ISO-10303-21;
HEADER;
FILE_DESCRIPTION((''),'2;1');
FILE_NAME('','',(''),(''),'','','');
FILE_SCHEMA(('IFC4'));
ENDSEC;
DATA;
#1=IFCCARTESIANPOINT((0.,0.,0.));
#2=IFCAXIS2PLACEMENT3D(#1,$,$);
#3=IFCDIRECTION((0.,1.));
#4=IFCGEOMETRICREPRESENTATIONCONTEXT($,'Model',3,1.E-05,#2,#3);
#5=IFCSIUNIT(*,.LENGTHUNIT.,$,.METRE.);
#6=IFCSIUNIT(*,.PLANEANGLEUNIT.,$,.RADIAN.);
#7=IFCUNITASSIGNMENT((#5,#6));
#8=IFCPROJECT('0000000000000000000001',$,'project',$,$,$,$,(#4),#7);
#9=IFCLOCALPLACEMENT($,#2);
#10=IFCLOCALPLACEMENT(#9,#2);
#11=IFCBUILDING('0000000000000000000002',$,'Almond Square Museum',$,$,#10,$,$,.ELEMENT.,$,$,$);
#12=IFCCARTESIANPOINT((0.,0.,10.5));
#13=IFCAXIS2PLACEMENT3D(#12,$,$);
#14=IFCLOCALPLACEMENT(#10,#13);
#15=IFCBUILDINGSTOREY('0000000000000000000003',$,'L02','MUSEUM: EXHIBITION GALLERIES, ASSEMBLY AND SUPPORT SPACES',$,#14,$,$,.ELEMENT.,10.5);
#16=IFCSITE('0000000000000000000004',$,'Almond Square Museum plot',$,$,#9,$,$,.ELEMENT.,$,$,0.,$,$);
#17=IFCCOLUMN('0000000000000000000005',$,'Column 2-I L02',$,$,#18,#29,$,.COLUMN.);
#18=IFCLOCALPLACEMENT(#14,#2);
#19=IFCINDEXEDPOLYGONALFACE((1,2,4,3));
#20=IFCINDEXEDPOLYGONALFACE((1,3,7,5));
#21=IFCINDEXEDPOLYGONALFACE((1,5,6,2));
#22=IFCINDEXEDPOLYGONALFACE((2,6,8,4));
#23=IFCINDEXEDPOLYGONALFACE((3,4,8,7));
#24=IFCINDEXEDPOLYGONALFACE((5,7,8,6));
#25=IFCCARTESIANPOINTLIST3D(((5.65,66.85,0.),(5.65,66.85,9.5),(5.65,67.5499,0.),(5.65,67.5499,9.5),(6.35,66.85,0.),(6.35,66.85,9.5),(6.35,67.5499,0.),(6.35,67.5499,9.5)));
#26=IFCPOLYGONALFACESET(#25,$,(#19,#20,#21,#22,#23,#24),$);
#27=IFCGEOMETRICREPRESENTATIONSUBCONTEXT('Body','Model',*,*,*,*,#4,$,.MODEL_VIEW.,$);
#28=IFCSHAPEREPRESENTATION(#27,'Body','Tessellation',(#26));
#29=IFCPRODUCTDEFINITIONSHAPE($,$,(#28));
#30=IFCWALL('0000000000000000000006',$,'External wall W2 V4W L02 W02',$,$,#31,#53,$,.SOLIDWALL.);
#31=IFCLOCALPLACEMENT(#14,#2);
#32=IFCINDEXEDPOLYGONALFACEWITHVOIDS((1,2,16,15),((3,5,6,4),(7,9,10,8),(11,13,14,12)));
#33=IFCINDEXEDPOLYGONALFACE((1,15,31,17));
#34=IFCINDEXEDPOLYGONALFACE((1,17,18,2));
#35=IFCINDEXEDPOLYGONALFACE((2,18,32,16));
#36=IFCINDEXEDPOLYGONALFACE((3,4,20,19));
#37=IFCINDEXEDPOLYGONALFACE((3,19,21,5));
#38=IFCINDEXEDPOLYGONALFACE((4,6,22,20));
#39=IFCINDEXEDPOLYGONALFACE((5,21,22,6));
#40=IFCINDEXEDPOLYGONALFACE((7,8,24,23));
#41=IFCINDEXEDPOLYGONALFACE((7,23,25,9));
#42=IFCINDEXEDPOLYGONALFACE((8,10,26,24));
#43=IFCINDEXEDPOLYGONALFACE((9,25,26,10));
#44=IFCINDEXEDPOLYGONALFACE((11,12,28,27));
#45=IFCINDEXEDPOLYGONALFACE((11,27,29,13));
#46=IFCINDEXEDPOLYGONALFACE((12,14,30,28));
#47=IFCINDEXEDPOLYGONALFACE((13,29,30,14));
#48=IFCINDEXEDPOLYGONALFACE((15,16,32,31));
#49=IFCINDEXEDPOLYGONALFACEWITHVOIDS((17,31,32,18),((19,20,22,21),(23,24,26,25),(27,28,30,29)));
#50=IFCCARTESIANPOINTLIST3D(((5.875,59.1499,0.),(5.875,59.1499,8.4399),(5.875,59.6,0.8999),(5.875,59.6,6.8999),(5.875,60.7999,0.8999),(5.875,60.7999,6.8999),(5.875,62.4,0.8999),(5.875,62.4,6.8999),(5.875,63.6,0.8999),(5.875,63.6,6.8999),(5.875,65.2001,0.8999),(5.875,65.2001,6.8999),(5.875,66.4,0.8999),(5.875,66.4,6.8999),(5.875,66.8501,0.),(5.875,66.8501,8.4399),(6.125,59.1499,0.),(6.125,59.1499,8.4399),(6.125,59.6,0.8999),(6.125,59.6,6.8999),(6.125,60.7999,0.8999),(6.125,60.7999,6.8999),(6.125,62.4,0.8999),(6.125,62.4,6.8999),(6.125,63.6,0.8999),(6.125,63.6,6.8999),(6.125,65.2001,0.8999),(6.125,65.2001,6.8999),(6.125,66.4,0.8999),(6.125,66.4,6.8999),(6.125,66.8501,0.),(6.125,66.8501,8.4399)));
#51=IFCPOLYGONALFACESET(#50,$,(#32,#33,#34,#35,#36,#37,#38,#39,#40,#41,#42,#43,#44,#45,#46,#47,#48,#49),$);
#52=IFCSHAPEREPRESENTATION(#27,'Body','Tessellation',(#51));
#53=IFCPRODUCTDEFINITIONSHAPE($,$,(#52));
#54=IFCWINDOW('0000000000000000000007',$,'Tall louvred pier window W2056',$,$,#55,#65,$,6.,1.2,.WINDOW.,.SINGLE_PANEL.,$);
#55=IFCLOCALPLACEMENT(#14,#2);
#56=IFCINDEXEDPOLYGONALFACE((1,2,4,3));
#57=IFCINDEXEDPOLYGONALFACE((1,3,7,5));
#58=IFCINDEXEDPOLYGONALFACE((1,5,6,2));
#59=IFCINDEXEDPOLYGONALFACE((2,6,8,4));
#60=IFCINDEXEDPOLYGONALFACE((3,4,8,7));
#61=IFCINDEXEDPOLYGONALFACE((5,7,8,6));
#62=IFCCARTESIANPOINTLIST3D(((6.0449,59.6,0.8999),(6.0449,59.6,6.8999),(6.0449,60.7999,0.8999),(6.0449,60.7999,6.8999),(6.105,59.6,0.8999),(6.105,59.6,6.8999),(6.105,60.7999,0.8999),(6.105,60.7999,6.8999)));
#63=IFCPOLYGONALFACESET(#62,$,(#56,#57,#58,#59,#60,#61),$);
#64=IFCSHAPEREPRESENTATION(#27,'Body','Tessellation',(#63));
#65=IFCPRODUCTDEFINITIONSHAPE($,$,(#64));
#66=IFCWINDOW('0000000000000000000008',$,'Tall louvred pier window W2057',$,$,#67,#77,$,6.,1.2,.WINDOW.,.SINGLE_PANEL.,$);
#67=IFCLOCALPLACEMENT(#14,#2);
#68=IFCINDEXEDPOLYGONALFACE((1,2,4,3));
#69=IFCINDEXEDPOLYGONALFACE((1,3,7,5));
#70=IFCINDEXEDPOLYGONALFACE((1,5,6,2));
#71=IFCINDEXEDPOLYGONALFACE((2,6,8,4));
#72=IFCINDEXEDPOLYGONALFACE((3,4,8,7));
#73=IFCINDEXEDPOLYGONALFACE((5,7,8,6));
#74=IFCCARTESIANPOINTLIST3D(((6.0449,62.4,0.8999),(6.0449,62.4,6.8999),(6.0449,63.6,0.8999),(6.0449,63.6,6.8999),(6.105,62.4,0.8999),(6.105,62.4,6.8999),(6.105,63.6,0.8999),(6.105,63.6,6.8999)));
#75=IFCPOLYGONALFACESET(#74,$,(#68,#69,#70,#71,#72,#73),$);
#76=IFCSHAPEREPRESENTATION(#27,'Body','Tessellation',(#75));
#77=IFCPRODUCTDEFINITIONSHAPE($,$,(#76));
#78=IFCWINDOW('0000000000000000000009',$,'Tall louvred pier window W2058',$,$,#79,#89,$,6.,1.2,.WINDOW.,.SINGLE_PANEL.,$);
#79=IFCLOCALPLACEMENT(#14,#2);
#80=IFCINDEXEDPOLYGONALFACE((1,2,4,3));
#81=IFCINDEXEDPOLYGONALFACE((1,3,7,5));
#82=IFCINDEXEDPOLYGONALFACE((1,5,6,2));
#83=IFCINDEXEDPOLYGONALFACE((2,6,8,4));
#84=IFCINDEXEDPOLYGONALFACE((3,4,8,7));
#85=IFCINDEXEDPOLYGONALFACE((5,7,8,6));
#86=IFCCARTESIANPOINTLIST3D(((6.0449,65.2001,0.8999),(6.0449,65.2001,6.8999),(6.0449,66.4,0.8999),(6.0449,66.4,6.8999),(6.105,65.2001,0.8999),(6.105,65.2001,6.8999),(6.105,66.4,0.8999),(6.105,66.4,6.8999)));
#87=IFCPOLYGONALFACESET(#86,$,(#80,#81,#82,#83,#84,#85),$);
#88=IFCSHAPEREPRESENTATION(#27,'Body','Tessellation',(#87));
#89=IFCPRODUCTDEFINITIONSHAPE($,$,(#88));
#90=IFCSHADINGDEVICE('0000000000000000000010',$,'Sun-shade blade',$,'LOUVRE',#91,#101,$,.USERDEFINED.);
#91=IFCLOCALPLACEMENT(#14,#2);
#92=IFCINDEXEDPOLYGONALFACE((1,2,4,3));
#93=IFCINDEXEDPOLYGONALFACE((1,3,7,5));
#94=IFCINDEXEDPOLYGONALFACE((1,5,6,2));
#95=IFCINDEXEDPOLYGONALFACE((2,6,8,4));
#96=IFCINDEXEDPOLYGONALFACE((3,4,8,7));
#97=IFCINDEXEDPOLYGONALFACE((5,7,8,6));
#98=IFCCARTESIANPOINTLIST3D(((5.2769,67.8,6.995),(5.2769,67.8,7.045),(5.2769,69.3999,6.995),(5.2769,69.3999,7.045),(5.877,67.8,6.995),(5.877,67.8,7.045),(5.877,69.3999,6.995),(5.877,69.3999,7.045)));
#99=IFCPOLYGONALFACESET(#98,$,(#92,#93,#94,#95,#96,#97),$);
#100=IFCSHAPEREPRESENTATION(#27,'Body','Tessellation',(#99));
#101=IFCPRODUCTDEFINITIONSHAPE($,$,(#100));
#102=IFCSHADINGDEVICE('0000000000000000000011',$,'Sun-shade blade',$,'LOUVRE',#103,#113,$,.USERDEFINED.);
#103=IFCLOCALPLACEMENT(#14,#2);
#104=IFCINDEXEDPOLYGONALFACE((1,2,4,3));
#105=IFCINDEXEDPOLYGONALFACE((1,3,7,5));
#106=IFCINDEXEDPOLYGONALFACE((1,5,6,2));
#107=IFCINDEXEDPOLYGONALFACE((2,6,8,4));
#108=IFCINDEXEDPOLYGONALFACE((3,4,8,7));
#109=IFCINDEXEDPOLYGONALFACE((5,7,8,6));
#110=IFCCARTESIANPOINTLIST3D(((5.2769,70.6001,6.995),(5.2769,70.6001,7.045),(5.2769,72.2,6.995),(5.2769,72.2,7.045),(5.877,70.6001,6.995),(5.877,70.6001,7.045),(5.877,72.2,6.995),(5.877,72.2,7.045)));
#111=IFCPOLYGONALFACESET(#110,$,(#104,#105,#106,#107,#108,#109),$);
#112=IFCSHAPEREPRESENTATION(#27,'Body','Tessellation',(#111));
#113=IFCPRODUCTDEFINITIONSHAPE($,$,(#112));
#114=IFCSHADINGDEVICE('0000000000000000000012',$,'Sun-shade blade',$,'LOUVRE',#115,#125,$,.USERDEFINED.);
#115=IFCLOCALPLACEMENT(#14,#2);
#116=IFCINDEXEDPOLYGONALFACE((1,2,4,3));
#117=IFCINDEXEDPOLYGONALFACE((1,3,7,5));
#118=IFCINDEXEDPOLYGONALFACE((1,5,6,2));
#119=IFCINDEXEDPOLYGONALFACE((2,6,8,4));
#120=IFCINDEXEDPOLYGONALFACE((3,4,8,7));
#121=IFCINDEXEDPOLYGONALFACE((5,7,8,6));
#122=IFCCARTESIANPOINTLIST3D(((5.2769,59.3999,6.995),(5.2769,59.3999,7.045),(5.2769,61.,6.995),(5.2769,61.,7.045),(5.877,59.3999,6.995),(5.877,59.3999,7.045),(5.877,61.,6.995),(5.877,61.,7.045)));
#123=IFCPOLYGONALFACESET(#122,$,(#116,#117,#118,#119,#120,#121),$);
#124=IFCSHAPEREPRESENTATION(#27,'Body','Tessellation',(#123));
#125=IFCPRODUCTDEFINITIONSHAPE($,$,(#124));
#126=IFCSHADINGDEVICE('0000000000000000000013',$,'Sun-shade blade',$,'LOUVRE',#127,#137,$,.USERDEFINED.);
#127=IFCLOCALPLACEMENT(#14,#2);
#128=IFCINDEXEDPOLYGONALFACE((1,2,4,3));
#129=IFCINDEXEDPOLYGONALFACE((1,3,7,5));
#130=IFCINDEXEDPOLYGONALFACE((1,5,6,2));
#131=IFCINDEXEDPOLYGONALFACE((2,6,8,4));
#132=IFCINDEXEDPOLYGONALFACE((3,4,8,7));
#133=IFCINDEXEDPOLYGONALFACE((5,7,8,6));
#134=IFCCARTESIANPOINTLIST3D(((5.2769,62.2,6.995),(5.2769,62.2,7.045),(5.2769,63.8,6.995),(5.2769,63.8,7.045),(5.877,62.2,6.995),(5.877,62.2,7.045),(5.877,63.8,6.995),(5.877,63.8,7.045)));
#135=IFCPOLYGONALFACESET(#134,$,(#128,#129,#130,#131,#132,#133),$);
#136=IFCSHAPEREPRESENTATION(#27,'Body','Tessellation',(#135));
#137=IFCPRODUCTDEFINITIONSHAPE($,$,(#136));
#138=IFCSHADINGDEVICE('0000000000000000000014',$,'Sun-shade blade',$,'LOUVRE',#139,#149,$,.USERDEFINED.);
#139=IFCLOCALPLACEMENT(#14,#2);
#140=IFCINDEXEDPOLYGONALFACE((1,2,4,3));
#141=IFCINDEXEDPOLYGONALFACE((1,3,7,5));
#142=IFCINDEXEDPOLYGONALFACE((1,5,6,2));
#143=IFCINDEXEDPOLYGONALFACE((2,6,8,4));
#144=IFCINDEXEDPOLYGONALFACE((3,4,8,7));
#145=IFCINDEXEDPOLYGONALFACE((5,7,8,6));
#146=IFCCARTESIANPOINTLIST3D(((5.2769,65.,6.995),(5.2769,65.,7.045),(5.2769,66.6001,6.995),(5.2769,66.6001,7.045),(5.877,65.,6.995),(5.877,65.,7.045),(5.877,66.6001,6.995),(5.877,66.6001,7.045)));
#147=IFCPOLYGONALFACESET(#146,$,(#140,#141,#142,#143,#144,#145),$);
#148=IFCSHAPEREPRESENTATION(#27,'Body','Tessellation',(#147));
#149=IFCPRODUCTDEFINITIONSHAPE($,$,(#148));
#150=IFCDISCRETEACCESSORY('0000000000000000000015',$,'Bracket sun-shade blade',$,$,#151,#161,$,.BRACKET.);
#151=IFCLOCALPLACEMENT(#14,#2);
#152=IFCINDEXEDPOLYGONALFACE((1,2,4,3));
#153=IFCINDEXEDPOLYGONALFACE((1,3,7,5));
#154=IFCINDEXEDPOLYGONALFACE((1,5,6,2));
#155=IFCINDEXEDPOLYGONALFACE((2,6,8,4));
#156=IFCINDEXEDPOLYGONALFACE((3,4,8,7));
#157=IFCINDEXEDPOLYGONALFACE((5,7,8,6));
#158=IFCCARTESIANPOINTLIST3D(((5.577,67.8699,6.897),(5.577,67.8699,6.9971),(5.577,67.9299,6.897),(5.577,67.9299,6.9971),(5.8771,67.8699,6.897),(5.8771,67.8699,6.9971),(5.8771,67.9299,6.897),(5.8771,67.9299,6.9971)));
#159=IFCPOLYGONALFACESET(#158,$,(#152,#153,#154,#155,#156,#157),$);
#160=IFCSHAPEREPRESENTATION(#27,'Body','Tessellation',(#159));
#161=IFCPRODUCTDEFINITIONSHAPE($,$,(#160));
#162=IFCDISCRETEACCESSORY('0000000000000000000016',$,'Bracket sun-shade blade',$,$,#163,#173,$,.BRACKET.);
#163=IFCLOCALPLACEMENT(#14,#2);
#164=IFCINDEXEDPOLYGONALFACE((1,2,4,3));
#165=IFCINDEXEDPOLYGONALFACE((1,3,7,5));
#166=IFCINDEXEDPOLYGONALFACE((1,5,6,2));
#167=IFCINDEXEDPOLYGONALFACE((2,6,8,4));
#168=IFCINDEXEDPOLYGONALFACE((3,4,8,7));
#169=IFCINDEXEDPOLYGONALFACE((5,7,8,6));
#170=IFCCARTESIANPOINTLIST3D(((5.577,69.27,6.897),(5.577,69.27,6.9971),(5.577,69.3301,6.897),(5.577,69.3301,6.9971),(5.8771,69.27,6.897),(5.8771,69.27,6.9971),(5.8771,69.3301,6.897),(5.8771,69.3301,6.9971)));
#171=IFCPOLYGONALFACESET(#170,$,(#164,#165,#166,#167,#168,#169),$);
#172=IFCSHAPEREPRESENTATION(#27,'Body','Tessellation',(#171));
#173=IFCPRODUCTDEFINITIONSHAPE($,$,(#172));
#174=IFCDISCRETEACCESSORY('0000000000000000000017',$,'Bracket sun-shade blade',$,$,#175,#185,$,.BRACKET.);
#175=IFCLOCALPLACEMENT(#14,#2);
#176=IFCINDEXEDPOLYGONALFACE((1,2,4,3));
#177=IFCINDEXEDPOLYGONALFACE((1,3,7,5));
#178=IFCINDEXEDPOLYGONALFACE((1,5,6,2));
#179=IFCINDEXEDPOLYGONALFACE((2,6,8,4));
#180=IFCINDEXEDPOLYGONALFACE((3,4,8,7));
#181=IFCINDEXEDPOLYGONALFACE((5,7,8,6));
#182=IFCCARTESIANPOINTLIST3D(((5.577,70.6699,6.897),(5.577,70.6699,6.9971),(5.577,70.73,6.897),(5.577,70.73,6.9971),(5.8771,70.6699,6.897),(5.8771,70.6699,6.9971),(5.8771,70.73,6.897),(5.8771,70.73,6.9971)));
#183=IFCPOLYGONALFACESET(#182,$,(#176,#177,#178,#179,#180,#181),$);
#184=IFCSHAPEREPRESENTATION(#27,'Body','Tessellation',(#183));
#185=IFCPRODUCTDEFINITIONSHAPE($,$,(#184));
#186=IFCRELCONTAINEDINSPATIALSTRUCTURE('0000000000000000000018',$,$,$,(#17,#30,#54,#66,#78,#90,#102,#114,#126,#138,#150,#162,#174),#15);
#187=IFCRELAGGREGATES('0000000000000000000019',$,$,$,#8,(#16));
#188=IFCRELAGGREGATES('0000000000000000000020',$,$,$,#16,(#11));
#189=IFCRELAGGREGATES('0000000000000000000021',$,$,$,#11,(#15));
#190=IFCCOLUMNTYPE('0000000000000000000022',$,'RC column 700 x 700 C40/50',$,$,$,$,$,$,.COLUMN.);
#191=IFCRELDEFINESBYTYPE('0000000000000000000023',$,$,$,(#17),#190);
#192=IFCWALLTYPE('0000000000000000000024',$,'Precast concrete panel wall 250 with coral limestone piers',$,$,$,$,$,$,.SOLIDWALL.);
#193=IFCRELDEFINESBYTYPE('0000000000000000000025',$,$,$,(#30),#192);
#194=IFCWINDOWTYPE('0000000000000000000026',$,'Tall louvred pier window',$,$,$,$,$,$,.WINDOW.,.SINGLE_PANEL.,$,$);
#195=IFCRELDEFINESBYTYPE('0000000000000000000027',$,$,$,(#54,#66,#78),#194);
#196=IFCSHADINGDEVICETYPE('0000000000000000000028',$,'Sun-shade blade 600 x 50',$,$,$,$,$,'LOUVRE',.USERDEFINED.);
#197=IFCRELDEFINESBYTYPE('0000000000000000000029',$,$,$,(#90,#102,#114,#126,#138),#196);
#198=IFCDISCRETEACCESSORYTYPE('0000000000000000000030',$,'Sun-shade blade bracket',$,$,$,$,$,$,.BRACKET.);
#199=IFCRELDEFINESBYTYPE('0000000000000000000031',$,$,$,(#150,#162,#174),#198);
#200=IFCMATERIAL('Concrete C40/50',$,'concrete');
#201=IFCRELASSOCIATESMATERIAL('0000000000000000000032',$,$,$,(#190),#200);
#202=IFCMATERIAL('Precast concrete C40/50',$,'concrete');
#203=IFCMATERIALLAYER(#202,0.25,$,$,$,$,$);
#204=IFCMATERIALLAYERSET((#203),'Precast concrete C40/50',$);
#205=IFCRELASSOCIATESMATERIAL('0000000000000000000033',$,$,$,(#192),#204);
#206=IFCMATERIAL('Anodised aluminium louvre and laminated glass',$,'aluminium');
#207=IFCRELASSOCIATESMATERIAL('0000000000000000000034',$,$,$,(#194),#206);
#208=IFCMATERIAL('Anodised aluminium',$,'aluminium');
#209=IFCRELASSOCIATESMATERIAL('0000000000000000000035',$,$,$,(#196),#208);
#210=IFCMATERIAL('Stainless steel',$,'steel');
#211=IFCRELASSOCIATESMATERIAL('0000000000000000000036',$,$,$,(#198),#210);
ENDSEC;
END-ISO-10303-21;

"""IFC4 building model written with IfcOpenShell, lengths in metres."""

from ifc_helpers import new_model, si_unit, direction, frame, frame_2d, origin, origin_2d, place, context, subcontext, project, spatial, rectangle, extrude, material, layer, layer_set, material_profile, profile_set, type_object, element, fill, save


model = new_model("IFC4")

# Units and contexts
model_context = context("Model", 3, precision=1e-05, world=origin(), true_north=direction((0.0, 1.0)))
body_context = subcontext(model_context, "Body", "Model", "MODEL_VIEW")
ifc_project = project(units=[si_unit("LENGTHUNIT", "METRE"), si_unit("PLANEANGLEUNIT", "RADIAN")], contexts=[model_context])

# Site, building, storey
site_placement = place(None, origin())
site = spatial("IfcSite", under=ifc_project, at=site_placement, Name="Almond Square Museum plot", CompositionType="ELEMENT", RefElevation=0.0)
building_placement = place(site_placement, origin())
building = spatial("IfcBuilding", under=site, at=building_placement, Name="Almond Square Museum", CompositionType="ELEMENT")
storey_placement = place(building_placement, frame((0.0, 0.0, 10.5)))
storey = spatial("IfcBuildingStorey", under=building, at=storey_placement, Name="L02", Description="MUSEUM: EXHIBITION GALLERIES, ASSEMBLY AND SUPPORT SPACES", CompositionType="ELEMENT", Elevation=10.5)

# Column
ifc_material_1 = material(Name="Concrete C40/50", Category="concrete")
ifc_material_profile_1 = material_profile(ifc_material_1, rectangle(XDim=0.7, YDim=0.7, at=origin_2d()))
ifc_profile_set_1 = profile_set([ifc_material_profile_1], Name="Concrete C40/50")
column_type = type_object("IfcColumnType", Name="RC column 700 x 700 C40/50", PredefinedType="COLUMN", material=ifc_profile_set_1)
column_placement = place(storey_placement, frame((6.0, 67.2, 0.0), z_axis=(0.0, 0.0, 1.0), x_axis=(1.0, 0.0, 0.0)))
element("IfcColumn", 1, at=column_placement, inside=storey, type_object=column_type, Name="Column 2-I L02", PredefinedType="COLUMN", context=body_context, shape_type="SweptSolid", body=[
    extrude(rectangle(XDim=0.7, YDim=0.7, at=origin_2d()), origin(), (0.0, 0.0, 1.0), 9.5),
])

# Wall, openings, windows
ifc_material_2 = material(Name="Precast concrete C40/50", Category="concrete")
ifc_layer = layer(ifc_material_2, 0.25)
ifc_layer_set = layer_set([ifc_layer], Name="Precast concrete C40/50")
wall_type = type_object("IfcWallType", Name="Precast concrete panel wall 250 with coral limestone piers", PredefinedType="SOLIDWALL", material=ifc_layer_set)
wall_placement = place(storey_placement, frame((6.0, 59.1499, 0.0), z_axis=(0.0, 0.0, 1.0), x_axis=(0.0, 1.0, 0.0)))
wall = element("IfcWall", 2, at=wall_placement, inside=storey, type_object=wall_type, Name="External wall W2 V4W L02 W02", PredefinedType="SOLIDWALL", context=body_context, shape_type="SweptSolid", body=[
    extrude(rectangle(XDim=7.7002, YDim=0.25, at=frame_2d((3.8501, 0.0))), origin(), (0.0, 0.0, 1.0), 8.4399),
])
opening_1_placement = place(wall_placement, frame((0.45, 0.0, 0.8999)))
opening_1 = element("IfcOpeningElement", 3, at=opening_1_placement, cuts=wall, PredefinedType="OPENING", context=body_context, shape_type="SweptSolid", body=[
    extrude(rectangle(XDim=1.2, YDim=6.0, at=frame_2d((0.6001, 3.0))), frame((0.0, 0.135, 0.0), z_axis=(0.0, -1.0, 0.0), x_axis=(1.0, 0.0, 0.0)), (0.0, 0.0, 1.0), 0.27),
])
opening_2_placement = place(wall_placement, frame((3.25, 0.0, 0.8999)))
opening_2 = element("IfcOpeningElement", 4, at=opening_2_placement, cuts=wall, PredefinedType="OPENING", context=body_context, shape_type="SweptSolid", body=[
    extrude(rectangle(XDim=1.2, YDim=6.0, at=frame_2d((0.6001, 3.0))), frame((0.0, 0.135, 0.0), z_axis=(0.0, -1.0, 0.0), x_axis=(1.0, 0.0, 0.0)), (0.0, 0.0, 1.0), 0.27),
])
opening_3_placement = place(wall_placement, frame((6.05, 0.0, 0.8999)))
opening_3 = element("IfcOpeningElement", 5, at=opening_3_placement, cuts=wall, PredefinedType="OPENING", context=body_context, shape_type="SweptSolid", body=[
    extrude(rectangle(XDim=1.2, YDim=6.0, at=frame_2d((0.6001, 3.0))), frame((0.0, 0.135, 0.0), z_axis=(0.0, -1.0, 0.0), x_axis=(1.0, 0.0, 0.0)), (0.0, 0.0, 1.0), 0.27),
])
ifc_material_3 = material(Name="Anodised aluminium louvre and laminated glass", Category="aluminium")
window_type = type_object("IfcWindowType", Name="Tall louvred pier window", PartitioningType="SINGLE_PANEL", PredefinedType="WINDOW", material=ifc_material_3)
window_1_placement = place(opening_1_placement, origin())
window_1 = element("IfcWindow", 6, at=window_1_placement, inside=storey, type_object=window_type, Name="Tall louvred pier window W2056", OverallHeight=6.0, OverallWidth=1.2, PartitioningType="SINGLE_PANEL", PredefinedType="WINDOW", context=body_context, shape_type="SweptSolid", body=[
    extrude(rectangle(XDim=1.2, YDim=6.0, at=frame_2d((0.6001, 3.0))), frame((0.0, -0.0449, 0.0), z_axis=(0.0, -1.0, 0.0), x_axis=(1.0, 0.0, 0.0)), (0.0, 0.0, 1.0), 0.0601),
])
fill(opening_1, window_1)
window_2_placement = place(opening_2_placement, origin())
window_2 = element("IfcWindow", 7, at=window_2_placement, inside=storey, type_object=window_type, Name="Tall louvred pier window W2057", OverallHeight=6.0, OverallWidth=1.2, PartitioningType="SINGLE_PANEL", PredefinedType="WINDOW", context=body_context, shape_type="SweptSolid", body=[
    extrude(rectangle(XDim=1.2, YDim=6.0, at=frame_2d((0.6001, 3.0))), frame((0.0, -0.0449, 0.0), z_axis=(0.0, -1.0, 0.0), x_axis=(1.0, 0.0, 0.0)), (0.0, 0.0, 1.0), 0.0601),
])
fill(opening_2, window_2)
window_3_placement = place(opening_3_placement, origin())
window_3 = element("IfcWindow", 8, at=window_3_placement, inside=storey, type_object=window_type, Name="Tall louvred pier window W2058", OverallHeight=6.0, OverallWidth=1.2, PartitioningType="SINGLE_PANEL", PredefinedType="WINDOW", context=body_context, shape_type="SweptSolid", body=[
    extrude(rectangle(XDim=1.2, YDim=6.0, at=frame_2d((0.6001, 3.0))), frame((0.0, -0.0449, 0.0), z_axis=(0.0, -1.0, 0.0), x_axis=(1.0, 0.0, 0.0)), (0.0, 0.0, 1.0), 0.0601),
])
fill(opening_3, window_3)

# Shading devices
ifc_material_4 = material(Name="Anodised aluminium", Category="aluminium")
ifc_material_profile_2 = material_profile(ifc_material_4, rectangle(XDim=0.6001, YDim=0.05, at=origin_2d()))
ifc_profile_set_2 = profile_set([ifc_material_profile_2], Name="Anodised aluminium")
shading_device_type = type_object("IfcShadingDeviceType", Name="Sun-shade blade 600 x 50", ElementType="LOUVRE", PredefinedType="USERDEFINED", material=ifc_profile_set_2)
for number, where, z_axis, x_axis, name in (
    (9, (5.5769, 67.8, 7.02), (0.0, 1.0, 0.0), (-1.0, 0.0, 0.0), "Sun-shade blade"),
    (10, (5.5769, 70.6001, 7.02), (0.0, 1.0, 0.0), (-1.0, 0.0, 0.0), "Sun-shade blade"),
):
    element("IfcShadingDevice", number, at=place(storey_placement, frame(where, z_axis=z_axis, x_axis=x_axis)), inside=storey, type_object=shading_device_type, Name=name, ObjectType="LOUVRE", PredefinedType="USERDEFINED", context=body_context, shape_type="SweptSolid", body=[
        extrude(rectangle(XDim=0.6001, YDim=0.05, at=origin_2d()), origin(), (0.0, 0.0, 1.0), 1.5999),
    ])
for number, where, z_axis, x_axis, name in (
    (11, (5.5769, 59.3999, 7.02), (0.0, 1.0, 0.0), (-1.0, 0.0, 0.0), "Sun-shade blade"),
    (12, (5.5769, 62.2, 7.02), (0.0, 1.0, 0.0), (-1.0, 0.0, 0.0), "Sun-shade blade"),
    (13, (5.5769, 65.0, 7.02), (0.0, 1.0, 0.0), (-1.0, 0.0, 0.0), "Sun-shade blade"),
):
    element("IfcShadingDevice", number, at=place(storey_placement, frame(where, z_axis=z_axis, x_axis=x_axis)), inside=storey, type_object=shading_device_type, Name=name, ObjectType="LOUVRE", PredefinedType="USERDEFINED", context=body_context, shape_type="SweptSolid", body=[
        extrude(rectangle(XDim=0.6001, YDim=0.05, at=origin_2d()), origin(), (0.0, 0.0, 1.0), 1.6001),
    ])

# Discrete accessories
ifc_material_5 = material(Name="Stainless steel", Category="steel")
discrete_accessory_type = type_object("IfcDiscreteAccessoryType", Name="Sun-shade blade bracket", PredefinedType="BRACKET", material=ifc_material_5)
for number, where, z_axis, x_axis, name in (
    (14, (5.7271, 67.8999, 6.897), (0.0, 0.0, 1.0), (1.0, 0.0, 0.0), "Bracket sun-shade blade"),
    (15, (5.7271, 69.3, 6.897), (0.0, 0.0, 1.0), (1.0, 0.0, 0.0), "Bracket sun-shade blade"),
    (16, (5.7271, 70.7, 6.897), (0.0, 0.0, 1.0), (1.0, 0.0, 0.0), "Bracket sun-shade blade"),
):
    element("IfcDiscreteAccessory", number, at=place(storey_placement, frame(where, z_axis=z_axis, x_axis=x_axis)), inside=storey, type_object=discrete_accessory_type, Name=name, PredefinedType="BRACKET", context=body_context, shape_type="SweptSolid", body=[
        extrude(rectangle(XDim=0.3, YDim=0.0601, at=origin_2d()), origin(), (0.0, 0.0, 1.0), 0.1001),
    ])

save(model, "model.ifc")
